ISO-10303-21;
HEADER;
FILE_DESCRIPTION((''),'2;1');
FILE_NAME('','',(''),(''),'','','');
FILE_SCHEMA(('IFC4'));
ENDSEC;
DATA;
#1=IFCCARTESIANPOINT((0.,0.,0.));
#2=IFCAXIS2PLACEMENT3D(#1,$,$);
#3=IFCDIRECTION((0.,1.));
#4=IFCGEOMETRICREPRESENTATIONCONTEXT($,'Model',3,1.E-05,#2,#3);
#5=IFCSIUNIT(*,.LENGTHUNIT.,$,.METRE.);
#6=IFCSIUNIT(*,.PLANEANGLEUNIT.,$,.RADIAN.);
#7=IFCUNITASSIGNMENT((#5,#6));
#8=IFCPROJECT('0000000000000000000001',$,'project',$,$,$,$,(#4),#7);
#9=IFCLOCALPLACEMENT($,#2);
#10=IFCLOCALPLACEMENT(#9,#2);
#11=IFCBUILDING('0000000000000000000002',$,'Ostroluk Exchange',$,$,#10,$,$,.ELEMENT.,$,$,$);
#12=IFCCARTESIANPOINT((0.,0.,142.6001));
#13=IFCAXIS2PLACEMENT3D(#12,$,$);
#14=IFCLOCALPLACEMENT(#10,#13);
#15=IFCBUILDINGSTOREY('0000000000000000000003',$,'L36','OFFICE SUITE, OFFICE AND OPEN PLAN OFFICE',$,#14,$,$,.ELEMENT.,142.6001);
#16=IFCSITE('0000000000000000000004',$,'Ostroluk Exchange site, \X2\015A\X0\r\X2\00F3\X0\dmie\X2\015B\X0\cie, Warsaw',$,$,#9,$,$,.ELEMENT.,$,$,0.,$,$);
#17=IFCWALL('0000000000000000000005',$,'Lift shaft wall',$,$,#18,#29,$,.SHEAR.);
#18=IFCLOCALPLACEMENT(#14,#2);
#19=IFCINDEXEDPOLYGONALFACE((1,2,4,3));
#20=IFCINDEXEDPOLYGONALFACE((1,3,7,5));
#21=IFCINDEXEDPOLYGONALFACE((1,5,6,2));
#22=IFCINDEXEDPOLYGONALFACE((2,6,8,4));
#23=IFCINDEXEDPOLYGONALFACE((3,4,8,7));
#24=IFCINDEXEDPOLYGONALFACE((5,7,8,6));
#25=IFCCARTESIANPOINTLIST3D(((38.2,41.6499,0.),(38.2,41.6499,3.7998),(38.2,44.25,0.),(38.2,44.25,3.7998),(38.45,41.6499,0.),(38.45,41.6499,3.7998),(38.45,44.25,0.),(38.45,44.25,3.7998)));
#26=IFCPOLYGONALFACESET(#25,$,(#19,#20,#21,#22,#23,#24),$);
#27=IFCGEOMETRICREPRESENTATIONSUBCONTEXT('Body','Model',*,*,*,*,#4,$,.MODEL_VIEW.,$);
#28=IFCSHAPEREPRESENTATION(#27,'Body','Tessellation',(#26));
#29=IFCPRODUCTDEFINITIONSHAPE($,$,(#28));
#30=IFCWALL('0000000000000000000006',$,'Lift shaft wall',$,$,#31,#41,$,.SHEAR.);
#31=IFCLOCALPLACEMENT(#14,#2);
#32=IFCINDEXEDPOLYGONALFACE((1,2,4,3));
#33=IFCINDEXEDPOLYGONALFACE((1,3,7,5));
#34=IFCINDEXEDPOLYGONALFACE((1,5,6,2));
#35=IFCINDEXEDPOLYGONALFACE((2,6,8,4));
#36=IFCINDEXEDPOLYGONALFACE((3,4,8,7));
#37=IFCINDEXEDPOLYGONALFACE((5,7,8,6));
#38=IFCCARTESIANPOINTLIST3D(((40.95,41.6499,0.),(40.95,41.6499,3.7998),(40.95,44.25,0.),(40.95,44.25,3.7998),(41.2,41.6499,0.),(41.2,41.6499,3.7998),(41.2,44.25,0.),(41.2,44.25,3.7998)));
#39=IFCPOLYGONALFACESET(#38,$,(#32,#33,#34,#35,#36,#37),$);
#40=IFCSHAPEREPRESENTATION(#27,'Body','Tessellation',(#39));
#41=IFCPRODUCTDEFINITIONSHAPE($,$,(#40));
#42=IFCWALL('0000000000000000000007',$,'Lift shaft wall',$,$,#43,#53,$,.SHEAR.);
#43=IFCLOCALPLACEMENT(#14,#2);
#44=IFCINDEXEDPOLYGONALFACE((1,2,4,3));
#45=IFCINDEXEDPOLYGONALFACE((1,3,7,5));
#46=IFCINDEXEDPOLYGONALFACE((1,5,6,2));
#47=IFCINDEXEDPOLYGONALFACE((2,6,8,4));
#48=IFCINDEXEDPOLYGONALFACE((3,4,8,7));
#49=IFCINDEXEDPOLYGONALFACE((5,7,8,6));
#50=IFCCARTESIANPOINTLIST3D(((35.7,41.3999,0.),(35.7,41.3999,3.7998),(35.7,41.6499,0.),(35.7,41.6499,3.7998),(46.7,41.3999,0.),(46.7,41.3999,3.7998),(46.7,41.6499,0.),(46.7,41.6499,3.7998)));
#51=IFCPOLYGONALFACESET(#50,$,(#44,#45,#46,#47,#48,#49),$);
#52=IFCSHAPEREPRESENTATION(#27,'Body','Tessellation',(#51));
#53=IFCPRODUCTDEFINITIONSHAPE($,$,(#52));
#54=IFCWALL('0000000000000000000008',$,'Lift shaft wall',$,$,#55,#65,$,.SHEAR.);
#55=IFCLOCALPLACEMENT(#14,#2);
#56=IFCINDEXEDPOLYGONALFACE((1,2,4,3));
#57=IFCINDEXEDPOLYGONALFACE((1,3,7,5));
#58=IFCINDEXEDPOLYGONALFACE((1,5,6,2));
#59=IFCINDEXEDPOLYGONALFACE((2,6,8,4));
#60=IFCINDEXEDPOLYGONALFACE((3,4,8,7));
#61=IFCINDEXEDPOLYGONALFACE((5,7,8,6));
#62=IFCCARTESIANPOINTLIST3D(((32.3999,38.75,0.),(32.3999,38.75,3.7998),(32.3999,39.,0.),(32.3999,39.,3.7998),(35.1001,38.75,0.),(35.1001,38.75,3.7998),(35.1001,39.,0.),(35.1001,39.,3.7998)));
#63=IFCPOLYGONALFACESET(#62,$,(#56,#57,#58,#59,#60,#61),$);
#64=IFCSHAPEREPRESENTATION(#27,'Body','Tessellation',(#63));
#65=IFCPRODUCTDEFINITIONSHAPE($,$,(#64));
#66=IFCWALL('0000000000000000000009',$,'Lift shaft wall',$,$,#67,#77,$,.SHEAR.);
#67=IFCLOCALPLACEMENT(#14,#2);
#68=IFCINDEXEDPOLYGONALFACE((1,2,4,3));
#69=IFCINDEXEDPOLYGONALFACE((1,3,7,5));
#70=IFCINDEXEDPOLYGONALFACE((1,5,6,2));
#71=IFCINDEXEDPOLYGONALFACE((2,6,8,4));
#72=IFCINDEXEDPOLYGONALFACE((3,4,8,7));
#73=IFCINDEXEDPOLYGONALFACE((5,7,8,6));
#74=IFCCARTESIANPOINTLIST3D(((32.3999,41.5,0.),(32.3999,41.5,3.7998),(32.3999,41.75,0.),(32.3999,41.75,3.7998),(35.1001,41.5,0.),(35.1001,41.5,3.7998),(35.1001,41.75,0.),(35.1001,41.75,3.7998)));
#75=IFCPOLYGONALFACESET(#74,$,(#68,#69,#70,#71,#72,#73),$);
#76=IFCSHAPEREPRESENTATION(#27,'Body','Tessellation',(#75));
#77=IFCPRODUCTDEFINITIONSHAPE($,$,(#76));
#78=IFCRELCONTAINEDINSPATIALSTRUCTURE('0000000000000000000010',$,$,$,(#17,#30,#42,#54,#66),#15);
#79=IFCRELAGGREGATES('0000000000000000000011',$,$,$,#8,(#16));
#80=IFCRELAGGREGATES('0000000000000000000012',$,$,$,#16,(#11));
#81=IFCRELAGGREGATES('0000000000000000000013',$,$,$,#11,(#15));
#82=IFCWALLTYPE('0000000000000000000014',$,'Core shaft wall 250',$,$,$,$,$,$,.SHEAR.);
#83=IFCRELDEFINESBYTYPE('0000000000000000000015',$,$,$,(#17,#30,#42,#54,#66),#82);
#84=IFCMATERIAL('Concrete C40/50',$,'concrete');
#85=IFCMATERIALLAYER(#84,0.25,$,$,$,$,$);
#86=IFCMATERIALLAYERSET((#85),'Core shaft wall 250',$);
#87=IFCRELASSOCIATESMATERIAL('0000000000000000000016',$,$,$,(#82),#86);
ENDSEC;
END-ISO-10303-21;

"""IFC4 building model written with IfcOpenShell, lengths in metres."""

from ifc_helpers import new_model, si_unit, direction, frame, frame_2d, origin, place, context, subcontext, project, spatial, rectangle, extrude, material, layer, layer_set, type_object, element, save


model = new_model("IFC4")

# Units and contexts
model_context = context("Model", 3, precision=1e-05, world=origin(), true_north=direction((0.0, 1.0)))
body_context = subcontext(model_context, "Body", "Model", "MODEL_VIEW")
ifc_project = project(units=[si_unit("LENGTHUNIT", "METRE"), si_unit("PLANEANGLEUNIT", "RADIAN")], contexts=[model_context])

# Site, building, storey
site_placement = place(None, origin())
site = spatial("IfcSite", under=ifc_project, at=site_placement, Name="Ostroluk Exchange site, Śródmieście, Warsaw", CompositionType="ELEMENT", RefElevation=0.0)
building_placement = place(site_placement, origin())
building = spatial("IfcBuilding", under=site, at=building_placement, Name="Ostroluk Exchange", CompositionType="ELEMENT")
storey_placement = place(building_placement, frame((0.0, 0.0, 142.6001)))
storey = spatial("IfcBuildingStorey", under=building, at=storey_placement, Name="L36", Description="OFFICE SUITE, OFFICE AND OPEN PLAN OFFICE", CompositionType="ELEMENT", Elevation=142.6001)

# Shared definitions
ifc_material_1 = material(Name="Concrete C40/50", Category="concrete")
ifc_layer_1 = layer(ifc_material_1, 0.25)
ifc_layer_set_1 = layer_set([ifc_layer_1], Name="Core shaft wall 250")
wall_type_1 = type_object("IfcWallType", Name="Core shaft wall 250", PredefinedType="SHEAR", material=ifc_layer_set_1)

# Walls
for number, where, z_axis, x_axis, name in (
    (1, (38.325, 44.25, 0.0), (0.0, 0.0, 1.0), (0.0, -1.0, 0.0), "Lift shaft wall"),
    (2, (41.075, 44.25, 0.0), (0.0, 0.0, 1.0), (0.0, -1.0, 0.0), "Lift shaft wall"),
):
    element("IfcWall", number, at=place(storey_placement, frame(where, z_axis=z_axis, x_axis=x_axis)), inside=storey, type_object=wall_type_1, Name=name, PredefinedType="SHEAR", context=body_context, shape_type="SweptSolid", body=[
        extrude(rectangle(XDim=2.6001, YDim=0.25, at=frame_2d((1.3, 0.0))), origin(), (0.0, 0.0, 1.0), 3.7998),
    ])
wall_1_placement = place(storey_placement, frame((35.7, 41.5249, 0.0), z_axis=(0.0, 0.0, 1.0), x_axis=(1.0, 0.0, 0.0)))
element("IfcWall", 3, at=wall_1_placement, inside=storey, type_object=wall_type_1, Name="Lift shaft wall", PredefinedType="SHEAR", context=body_context, shape_type="SweptSolid", body=[
    extrude(rectangle(XDim=11.0, YDim=0.25, at=frame_2d((5.5, 0.0))), origin(), (0.0, 0.0, 1.0), 3.7998),
])
for number, where, z_axis, x_axis, name in (
    (4, (32.3999, 38.875, 0.0), (0.0, 0.0, 1.0), (1.0, 0.0, 0.0), "Lift shaft wall"),
    (5, (32.3999, 41.625, 0.0), (0.0, 0.0, 1.0), (1.0, 0.0, 0.0), "Lift shaft wall"),
):
    element("IfcWall", number, at=place(storey_placement, frame(where, z_axis=z_axis, x_axis=x_axis)), inside=storey, type_object=wall_type_1, Name=name, PredefinedType="SHEAR", context=body_context, shape_type="SweptSolid", body=[
        extrude(rectangle(XDim=2.7002, YDim=0.25, at=frame_2d((1.3501, 0.0))), origin(), (0.0, 0.0, 1.0), 3.7998),
    ])

save(model, "model.ifc")
